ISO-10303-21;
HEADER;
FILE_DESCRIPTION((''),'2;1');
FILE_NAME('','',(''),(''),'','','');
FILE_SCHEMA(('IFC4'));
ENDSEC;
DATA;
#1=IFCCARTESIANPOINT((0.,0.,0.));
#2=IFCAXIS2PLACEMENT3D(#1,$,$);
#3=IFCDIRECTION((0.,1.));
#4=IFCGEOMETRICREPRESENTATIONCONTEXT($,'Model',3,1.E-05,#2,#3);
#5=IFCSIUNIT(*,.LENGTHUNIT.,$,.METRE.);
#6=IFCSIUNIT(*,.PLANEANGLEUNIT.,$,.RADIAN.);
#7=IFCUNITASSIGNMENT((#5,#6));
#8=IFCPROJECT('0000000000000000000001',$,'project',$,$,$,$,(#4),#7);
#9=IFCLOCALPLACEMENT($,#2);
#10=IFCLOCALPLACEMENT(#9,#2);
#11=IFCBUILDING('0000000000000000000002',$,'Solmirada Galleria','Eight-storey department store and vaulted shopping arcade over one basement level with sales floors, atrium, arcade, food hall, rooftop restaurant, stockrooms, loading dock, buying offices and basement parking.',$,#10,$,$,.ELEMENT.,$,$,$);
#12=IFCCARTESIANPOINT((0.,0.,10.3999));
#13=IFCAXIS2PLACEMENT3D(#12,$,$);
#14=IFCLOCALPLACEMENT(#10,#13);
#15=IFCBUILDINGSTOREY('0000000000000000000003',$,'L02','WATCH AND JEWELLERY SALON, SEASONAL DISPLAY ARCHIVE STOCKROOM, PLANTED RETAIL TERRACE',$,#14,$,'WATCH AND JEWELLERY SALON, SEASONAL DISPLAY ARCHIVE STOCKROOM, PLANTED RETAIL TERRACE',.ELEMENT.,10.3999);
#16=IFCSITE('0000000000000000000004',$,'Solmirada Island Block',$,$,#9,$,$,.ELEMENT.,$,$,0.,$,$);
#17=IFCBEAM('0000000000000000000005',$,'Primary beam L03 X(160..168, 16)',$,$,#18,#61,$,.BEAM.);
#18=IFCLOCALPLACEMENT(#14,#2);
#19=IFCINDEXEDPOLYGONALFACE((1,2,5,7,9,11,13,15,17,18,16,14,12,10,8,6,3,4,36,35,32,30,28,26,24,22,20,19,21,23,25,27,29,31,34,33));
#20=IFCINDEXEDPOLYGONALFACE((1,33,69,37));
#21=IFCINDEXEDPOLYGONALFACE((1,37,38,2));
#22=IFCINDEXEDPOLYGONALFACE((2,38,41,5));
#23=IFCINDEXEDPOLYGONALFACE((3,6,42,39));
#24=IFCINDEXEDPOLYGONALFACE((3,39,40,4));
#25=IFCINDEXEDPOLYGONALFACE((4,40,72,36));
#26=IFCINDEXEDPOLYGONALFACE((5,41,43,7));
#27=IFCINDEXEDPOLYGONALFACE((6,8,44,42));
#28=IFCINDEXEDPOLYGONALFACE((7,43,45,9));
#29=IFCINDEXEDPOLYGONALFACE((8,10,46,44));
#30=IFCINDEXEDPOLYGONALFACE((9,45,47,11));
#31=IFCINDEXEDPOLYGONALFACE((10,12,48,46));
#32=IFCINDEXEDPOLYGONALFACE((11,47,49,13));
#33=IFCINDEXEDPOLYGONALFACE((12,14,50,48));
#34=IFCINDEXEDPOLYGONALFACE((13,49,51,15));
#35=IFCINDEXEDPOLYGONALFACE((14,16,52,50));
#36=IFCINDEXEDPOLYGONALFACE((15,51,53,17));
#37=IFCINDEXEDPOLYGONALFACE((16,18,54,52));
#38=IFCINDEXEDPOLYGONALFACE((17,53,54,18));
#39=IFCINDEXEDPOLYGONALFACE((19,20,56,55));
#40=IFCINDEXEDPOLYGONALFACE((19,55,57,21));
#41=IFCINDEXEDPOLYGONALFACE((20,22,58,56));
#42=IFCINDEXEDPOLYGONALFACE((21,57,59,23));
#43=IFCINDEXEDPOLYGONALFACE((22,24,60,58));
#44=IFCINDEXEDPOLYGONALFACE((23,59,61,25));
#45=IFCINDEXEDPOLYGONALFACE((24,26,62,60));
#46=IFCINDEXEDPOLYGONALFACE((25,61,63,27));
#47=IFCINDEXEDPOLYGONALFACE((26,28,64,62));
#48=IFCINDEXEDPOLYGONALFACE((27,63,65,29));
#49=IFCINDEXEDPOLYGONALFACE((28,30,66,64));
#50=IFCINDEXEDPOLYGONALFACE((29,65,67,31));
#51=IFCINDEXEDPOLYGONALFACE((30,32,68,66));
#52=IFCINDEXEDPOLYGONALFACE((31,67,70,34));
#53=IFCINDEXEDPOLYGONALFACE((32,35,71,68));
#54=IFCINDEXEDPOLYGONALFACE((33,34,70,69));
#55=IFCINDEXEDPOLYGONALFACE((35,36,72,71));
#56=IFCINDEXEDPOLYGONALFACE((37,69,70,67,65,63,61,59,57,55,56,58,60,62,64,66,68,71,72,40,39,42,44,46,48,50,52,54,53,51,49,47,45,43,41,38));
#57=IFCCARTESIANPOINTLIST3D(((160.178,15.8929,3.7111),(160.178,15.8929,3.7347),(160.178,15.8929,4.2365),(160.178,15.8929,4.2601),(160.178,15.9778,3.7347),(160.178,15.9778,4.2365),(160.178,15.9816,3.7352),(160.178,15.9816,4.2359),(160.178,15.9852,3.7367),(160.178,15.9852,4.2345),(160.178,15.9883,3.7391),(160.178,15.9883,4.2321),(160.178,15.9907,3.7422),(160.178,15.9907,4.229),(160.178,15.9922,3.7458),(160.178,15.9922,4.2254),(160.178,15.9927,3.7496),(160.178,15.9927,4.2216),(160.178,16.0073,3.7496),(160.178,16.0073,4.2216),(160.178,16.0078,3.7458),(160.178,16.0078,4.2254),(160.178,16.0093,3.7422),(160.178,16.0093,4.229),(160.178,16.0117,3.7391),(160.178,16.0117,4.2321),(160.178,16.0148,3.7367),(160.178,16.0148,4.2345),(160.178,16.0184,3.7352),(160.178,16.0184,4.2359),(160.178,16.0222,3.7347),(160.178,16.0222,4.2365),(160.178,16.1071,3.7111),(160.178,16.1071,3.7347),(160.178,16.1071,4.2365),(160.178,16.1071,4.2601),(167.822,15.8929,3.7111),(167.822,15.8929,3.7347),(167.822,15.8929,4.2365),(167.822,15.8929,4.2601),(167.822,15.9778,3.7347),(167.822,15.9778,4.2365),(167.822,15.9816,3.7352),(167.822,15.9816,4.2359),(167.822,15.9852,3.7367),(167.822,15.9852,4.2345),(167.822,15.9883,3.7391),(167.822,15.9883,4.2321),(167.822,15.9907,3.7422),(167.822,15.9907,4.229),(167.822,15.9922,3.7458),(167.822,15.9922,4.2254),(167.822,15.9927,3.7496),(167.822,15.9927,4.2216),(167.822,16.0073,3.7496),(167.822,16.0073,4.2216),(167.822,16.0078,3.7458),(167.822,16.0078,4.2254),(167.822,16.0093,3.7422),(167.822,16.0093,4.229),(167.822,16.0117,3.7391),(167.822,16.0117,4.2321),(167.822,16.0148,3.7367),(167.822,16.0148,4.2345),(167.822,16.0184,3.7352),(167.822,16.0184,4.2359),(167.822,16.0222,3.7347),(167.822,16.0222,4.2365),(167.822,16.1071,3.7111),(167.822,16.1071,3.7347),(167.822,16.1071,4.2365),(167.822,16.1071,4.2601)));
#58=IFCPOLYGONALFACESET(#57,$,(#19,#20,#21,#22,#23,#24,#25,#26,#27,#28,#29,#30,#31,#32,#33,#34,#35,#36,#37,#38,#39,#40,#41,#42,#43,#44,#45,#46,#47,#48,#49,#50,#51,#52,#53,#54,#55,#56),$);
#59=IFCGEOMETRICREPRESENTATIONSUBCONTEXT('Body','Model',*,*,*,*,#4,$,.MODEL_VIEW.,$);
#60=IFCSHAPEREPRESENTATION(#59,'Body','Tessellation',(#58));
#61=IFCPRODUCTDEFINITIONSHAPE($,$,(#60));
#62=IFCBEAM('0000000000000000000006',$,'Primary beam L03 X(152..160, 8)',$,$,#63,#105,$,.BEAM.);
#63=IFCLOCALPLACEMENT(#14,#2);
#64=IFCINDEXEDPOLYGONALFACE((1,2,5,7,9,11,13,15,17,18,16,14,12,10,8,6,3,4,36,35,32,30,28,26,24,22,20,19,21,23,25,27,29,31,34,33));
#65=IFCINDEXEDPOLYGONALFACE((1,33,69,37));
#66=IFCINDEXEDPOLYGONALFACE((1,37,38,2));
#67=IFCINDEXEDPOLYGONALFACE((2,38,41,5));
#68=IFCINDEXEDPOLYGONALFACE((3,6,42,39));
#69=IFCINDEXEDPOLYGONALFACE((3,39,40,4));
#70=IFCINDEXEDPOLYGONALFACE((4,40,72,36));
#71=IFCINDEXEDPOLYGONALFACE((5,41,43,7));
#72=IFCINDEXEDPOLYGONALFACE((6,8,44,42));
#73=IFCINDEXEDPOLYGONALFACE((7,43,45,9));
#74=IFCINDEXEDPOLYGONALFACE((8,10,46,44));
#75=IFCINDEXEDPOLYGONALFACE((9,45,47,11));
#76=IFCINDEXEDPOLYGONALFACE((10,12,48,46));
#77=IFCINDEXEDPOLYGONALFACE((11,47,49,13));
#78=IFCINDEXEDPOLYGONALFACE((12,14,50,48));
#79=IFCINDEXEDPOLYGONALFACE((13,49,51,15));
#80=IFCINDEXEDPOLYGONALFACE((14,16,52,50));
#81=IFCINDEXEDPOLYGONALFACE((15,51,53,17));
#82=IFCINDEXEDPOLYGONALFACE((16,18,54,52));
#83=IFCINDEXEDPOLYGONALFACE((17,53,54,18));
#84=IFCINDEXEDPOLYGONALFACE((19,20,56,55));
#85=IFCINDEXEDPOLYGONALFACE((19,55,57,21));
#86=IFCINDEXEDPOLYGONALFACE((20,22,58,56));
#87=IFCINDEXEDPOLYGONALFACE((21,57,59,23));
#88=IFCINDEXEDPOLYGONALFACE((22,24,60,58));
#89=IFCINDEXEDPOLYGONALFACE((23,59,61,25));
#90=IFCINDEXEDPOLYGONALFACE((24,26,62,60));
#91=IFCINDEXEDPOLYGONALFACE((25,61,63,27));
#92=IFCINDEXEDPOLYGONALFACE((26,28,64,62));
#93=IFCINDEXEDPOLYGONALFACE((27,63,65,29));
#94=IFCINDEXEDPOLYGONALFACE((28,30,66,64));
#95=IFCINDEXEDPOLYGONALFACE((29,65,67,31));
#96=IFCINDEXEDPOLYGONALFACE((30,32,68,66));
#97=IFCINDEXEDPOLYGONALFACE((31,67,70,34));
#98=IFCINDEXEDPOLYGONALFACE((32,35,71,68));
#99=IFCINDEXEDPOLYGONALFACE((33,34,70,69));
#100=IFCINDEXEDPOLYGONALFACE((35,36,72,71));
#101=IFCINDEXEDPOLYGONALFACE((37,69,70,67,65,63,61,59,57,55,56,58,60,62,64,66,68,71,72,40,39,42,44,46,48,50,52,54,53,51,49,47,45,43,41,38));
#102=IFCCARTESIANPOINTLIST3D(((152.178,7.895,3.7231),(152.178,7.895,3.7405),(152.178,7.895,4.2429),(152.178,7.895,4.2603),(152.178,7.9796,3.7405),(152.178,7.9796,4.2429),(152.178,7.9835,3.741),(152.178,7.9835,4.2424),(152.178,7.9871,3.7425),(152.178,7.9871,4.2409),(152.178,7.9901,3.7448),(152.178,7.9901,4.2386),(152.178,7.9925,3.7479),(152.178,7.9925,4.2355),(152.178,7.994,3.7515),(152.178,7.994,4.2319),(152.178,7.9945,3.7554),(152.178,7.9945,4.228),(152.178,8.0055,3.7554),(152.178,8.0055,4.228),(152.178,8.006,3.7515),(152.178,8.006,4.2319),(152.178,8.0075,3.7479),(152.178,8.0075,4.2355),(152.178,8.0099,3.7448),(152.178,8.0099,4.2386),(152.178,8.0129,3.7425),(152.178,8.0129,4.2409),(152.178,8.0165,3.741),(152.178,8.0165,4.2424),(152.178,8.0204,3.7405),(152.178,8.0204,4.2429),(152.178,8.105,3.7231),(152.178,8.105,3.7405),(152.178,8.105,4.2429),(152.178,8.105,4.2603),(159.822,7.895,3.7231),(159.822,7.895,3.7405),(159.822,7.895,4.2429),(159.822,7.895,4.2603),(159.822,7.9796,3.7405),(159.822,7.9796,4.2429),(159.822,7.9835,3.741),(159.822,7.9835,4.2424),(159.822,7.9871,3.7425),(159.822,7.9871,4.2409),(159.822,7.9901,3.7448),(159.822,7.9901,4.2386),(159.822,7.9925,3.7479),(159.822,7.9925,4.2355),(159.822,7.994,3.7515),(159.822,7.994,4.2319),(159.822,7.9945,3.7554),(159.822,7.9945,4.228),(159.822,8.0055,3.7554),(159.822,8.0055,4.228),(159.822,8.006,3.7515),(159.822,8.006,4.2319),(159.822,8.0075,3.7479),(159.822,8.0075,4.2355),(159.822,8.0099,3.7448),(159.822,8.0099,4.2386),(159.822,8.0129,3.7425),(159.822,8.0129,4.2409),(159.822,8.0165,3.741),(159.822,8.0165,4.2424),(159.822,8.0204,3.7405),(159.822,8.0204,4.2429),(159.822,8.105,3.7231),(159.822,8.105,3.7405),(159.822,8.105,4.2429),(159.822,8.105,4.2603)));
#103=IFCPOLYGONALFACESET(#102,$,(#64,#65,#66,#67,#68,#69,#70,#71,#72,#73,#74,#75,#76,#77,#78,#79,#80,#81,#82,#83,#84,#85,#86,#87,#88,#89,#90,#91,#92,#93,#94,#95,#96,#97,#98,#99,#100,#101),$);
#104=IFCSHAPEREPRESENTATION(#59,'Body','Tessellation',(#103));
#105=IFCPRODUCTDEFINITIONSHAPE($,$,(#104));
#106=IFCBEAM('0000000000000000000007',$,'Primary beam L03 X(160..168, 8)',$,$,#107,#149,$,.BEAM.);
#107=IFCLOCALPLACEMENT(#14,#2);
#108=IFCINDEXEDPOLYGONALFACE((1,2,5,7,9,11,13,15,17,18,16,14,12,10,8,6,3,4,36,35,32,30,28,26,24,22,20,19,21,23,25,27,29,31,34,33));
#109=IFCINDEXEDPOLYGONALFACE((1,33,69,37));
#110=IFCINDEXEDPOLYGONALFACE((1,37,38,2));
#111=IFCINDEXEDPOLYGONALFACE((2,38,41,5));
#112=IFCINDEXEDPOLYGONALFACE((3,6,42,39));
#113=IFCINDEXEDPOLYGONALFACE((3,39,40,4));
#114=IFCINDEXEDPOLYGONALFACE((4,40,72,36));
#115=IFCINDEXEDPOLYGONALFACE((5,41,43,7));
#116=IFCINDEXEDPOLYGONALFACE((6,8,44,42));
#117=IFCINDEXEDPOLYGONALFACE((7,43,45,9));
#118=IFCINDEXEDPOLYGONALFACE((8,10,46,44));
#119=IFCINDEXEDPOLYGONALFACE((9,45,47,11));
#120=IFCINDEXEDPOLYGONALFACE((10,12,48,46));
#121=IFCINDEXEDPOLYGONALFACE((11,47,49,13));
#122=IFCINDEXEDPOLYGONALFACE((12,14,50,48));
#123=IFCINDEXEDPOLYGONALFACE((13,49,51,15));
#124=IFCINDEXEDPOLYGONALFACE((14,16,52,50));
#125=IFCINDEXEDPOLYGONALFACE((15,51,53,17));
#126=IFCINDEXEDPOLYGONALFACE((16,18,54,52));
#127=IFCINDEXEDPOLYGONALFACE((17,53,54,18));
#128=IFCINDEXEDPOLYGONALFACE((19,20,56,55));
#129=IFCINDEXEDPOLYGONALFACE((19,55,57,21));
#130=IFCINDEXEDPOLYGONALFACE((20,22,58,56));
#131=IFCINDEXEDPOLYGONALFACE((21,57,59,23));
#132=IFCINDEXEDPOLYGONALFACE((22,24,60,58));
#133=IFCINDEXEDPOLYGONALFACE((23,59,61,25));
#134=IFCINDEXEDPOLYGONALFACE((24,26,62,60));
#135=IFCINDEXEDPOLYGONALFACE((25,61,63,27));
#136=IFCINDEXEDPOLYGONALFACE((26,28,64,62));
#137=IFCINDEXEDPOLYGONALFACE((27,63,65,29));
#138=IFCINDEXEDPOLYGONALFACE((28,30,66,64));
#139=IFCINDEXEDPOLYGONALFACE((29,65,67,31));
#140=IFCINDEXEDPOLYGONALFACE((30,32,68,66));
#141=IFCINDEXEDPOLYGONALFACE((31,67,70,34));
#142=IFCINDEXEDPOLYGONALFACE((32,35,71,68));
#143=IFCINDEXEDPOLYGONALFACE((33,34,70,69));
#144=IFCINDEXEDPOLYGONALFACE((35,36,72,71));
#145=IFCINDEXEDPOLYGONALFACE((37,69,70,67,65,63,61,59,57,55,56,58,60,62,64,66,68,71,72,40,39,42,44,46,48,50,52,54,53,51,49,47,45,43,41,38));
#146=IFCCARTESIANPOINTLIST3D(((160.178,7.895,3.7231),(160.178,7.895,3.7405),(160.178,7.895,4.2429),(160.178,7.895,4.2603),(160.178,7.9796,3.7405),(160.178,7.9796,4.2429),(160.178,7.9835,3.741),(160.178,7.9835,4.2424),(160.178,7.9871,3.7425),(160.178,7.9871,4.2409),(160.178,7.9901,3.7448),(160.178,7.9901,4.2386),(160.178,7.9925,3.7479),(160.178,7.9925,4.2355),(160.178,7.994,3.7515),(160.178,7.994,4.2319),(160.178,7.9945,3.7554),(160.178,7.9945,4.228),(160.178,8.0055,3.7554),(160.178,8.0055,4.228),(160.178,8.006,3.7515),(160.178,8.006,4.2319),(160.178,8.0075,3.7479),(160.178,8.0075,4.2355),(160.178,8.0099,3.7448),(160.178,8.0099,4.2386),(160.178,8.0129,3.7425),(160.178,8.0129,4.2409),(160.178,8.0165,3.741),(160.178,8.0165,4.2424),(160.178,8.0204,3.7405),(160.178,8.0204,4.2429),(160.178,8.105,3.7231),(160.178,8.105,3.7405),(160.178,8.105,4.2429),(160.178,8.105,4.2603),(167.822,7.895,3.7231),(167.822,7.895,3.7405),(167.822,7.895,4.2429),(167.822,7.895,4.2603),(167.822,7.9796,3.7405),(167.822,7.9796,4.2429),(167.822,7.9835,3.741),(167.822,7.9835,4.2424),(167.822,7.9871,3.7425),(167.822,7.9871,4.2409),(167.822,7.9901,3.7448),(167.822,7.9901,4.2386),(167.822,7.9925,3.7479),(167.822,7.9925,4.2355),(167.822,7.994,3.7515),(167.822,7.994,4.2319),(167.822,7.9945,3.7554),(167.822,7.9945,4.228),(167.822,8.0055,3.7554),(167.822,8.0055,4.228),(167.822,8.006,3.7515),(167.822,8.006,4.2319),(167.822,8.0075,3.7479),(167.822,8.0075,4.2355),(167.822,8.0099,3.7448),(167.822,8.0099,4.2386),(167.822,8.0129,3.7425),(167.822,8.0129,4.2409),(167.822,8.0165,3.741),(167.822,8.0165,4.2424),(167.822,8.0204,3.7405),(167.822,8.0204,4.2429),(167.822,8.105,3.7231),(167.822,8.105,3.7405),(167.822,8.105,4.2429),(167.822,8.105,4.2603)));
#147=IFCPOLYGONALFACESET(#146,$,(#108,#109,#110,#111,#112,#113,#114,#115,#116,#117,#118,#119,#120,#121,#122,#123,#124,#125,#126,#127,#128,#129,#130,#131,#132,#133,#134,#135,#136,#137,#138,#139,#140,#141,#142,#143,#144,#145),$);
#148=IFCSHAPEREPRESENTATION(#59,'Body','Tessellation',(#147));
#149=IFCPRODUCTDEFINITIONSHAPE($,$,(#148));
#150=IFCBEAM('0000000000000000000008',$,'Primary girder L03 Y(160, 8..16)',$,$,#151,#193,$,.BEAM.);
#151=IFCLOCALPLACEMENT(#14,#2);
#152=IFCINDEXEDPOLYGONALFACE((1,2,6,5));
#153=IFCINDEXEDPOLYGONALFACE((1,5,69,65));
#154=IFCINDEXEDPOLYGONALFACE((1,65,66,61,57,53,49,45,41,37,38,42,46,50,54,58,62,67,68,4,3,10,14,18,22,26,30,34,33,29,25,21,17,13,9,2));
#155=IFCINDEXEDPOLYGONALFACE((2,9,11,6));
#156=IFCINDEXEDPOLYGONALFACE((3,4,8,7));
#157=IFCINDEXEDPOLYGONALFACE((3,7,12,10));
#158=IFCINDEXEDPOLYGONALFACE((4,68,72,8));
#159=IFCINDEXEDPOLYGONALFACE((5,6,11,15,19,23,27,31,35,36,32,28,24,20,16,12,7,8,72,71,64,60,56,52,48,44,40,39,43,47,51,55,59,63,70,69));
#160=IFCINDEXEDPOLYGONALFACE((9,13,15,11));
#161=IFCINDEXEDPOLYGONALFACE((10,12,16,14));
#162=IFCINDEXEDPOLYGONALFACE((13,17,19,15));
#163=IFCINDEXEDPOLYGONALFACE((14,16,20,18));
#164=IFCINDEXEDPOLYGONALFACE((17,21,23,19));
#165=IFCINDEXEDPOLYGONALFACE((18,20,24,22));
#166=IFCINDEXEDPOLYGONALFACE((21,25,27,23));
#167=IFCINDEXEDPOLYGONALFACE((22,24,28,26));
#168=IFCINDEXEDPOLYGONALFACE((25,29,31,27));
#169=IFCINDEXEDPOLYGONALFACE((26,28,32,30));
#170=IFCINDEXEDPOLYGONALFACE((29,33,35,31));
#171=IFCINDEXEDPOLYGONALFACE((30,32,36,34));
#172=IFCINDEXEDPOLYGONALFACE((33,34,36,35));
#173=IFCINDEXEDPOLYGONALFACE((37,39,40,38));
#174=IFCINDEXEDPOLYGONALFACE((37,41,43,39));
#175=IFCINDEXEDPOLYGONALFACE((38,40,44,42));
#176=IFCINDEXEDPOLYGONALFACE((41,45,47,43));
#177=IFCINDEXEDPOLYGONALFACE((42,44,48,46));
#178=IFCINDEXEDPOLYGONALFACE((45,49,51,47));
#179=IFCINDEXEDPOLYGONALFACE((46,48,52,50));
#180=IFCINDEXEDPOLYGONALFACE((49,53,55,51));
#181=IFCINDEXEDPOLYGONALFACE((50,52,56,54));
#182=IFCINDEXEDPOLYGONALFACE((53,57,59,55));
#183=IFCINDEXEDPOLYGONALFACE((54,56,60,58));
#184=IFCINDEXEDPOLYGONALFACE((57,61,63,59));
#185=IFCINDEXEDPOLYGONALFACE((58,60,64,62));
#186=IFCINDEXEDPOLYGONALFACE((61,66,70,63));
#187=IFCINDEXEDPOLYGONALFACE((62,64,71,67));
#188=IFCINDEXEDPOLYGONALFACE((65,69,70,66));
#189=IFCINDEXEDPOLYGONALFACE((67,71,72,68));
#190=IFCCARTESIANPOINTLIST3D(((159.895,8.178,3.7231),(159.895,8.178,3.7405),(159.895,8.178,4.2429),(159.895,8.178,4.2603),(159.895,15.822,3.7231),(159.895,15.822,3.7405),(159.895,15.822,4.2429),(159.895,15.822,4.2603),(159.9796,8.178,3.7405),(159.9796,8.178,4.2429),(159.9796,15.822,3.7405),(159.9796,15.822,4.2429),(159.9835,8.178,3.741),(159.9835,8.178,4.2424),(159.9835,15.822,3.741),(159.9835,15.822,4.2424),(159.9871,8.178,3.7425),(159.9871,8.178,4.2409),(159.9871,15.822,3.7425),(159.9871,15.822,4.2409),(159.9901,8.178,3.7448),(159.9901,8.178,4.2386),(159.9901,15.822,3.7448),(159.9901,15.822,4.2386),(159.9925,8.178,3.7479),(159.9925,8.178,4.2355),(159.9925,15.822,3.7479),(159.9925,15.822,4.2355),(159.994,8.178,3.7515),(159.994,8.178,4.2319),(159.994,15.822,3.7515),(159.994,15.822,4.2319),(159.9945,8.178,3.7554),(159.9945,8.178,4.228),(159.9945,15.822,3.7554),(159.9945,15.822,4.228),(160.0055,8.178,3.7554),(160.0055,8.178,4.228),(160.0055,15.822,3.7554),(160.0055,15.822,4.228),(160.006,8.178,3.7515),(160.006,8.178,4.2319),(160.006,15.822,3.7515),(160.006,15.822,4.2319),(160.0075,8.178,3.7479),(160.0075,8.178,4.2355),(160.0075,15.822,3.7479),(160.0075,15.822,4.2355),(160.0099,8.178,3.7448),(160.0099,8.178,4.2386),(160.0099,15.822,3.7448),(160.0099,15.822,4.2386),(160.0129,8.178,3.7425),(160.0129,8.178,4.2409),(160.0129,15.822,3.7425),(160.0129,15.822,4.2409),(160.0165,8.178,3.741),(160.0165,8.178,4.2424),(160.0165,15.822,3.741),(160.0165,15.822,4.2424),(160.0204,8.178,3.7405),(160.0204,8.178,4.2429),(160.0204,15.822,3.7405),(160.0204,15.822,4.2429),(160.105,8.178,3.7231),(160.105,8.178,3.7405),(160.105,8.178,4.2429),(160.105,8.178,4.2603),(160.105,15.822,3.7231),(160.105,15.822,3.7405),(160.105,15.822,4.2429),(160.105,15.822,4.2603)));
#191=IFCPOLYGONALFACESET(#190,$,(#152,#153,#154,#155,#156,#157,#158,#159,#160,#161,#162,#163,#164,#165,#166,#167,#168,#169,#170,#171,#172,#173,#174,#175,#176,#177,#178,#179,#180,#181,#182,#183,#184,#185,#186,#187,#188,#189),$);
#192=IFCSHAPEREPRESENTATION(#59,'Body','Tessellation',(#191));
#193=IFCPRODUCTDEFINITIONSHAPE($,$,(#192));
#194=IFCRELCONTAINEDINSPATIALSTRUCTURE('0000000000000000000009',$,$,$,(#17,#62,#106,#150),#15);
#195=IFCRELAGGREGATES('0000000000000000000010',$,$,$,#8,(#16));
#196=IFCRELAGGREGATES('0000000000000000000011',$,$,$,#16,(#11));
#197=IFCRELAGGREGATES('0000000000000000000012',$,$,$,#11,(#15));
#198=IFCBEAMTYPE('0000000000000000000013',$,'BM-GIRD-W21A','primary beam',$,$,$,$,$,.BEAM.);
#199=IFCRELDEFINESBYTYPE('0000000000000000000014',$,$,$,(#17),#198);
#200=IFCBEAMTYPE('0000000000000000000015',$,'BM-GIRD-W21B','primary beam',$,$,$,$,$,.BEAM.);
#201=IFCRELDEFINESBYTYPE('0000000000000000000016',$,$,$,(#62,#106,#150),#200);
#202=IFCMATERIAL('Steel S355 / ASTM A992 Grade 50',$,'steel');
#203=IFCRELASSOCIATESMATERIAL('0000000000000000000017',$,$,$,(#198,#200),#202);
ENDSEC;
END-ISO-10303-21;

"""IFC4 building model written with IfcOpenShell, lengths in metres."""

from ifc_helpers import new_model, si_unit, direction, frame, origin, origin_2d, place, context, subcontext, project, spatial, i_section, extrude, material, material_profile, profile_set, type_object, element, save


model = new_model("IFC4")

# Units and contexts
model_context = context("Model", 3, precision=1e-05, world=origin(), true_north=direction((0.0, 1.0)))
body_context = subcontext(model_context, "Body", "Model", "MODEL_VIEW")
ifc_project = project(units=[si_unit("LENGTHUNIT", "METRE"), si_unit("PLANEANGLEUNIT", "RADIAN")], contexts=[model_context])

# Site, building, storey
site_placement = place(None, origin())
site = spatial("IfcSite", under=ifc_project, at=site_placement, Name="Solmirada Island Block", CompositionType="ELEMENT", RefElevation=0.0)
building_placement = place(site_placement, origin())
building = spatial("IfcBuilding", under=site, at=building_placement, Name="Solmirada Galleria", Description="Eight-storey department store and vaulted shopping arcade over one basement level with sales floors, atrium, arcade, food hall, rooftop restaurant, stockrooms, loading dock, buying offices and basement parking.", CompositionType="ELEMENT")
storey_placement = place(building_placement, frame((0.0, 0.0, 10.3999)))
storey = spatial("IfcBuildingStorey", under=building, at=storey_placement, Name="L02", Description="WATCH AND JEWELLERY SALON, SEASONAL DISPLAY ARCHIVE STOCKROOM, PLANTED RETAIL TERRACE", LongName="WATCH AND JEWELLERY SALON, SEASONAL DISPLAY ARCHIVE STOCKROOM, PLANTED RETAIL TERRACE", CompositionType="ELEMENT", Elevation=10.3999)

# Beams
ifc_material_1 = material(Name="Steel S355 / ASTM A992 Grade 50", Category="steel")
ifc_material_profile_1 = material_profile(ifc_material_1, i_section(OverallWidth=0.2141, OverallDepth=0.5491, WebThickness=0.0146, FlangeThickness=0.0237, FilletRadius=0.0149, at=origin_2d()), Name="W21X93")
ifc_profile_set_1 = profile_set([ifc_material_profile_1], Name="Steel S355 / ASTM A992 Grade 50")
beam_type_1 = type_object("IfcBeamType", Name="BM-GIRD-W21A", Description="primary beam", PredefinedType="BEAM", material=ifc_profile_set_1)
for number, where, z_axis, x_axis, name in (
    (1, (160.178, 16.0, 3.9856), (1.0, 0.0, 0.0), (0.0, 1.0, 0.0), "Primary beam L03 X(160..168, 16)"),
):
    element("IfcBeam", number, at=place(storey_placement, frame(where, z_axis=z_axis, x_axis=x_axis)), inside=storey, type_object=beam_type_1, Name=name, PredefinedType="BEAM", context=body_context, shape_type="SweptSolid", body=[
        extrude(i_section(OverallWidth=0.2141, OverallDepth=0.5491, WebThickness=0.0146, FlangeThickness=0.0237, FilletRadius=0.0149, at=origin_2d()), origin(), (0.0, 0.0, 1.0), 7.644),
    ])
ifc_material_profile_2 = material_profile(ifc_material_1, i_section(OverallWidth=0.21, OverallDepth=0.5371, WebThickness=0.011, FlangeThickness=0.0173, FilletRadius=0.0149, at=origin_2d()), Name="W21X68")
ifc_profile_set_2 = profile_set([ifc_material_profile_2], Name="Steel S355 / ASTM A992 Grade 50")
beam_type_2 = type_object("IfcBeamType", Name="BM-GIRD-W21B", Description="primary beam", PredefinedType="BEAM", material=ifc_profile_set_2)
for number, where, z_axis, x_axis, name in (
    (2, (152.178, 8.0, 3.9917), (1.0, 0.0, 0.0), (0.0, 1.0, 0.0), "Primary beam L03 X(152..160, 8)"),
    (3, (160.178, 8.0, 3.9917), (1.0, 0.0, 0.0), (0.0, 1.0, 0.0), "Primary beam L03 X(160..168, 8)"),
    (4, (160.0, 8.178, 3.9917), (0.0, 1.0, 0.0), (-1.0, 0.0, 0.0), "Primary girder L03 Y(160, 8..16)"),
):
    element("IfcBeam", number, at=place(storey_placement, frame(where, z_axis=z_axis, x_axis=x_axis)), inside=storey, type_object=beam_type_2, Name=name, PredefinedType="BEAM", context=body_context, shape_type="SweptSolid", body=[
        extrude(i_section(OverallWidth=0.21, OverallDepth=0.5371, WebThickness=0.011, FlangeThickness=0.0173, FilletRadius=0.0149, at=origin_2d()), origin(), (0.0, 0.0, 1.0), 7.644),
    ])

save(model, "model.ifc")
